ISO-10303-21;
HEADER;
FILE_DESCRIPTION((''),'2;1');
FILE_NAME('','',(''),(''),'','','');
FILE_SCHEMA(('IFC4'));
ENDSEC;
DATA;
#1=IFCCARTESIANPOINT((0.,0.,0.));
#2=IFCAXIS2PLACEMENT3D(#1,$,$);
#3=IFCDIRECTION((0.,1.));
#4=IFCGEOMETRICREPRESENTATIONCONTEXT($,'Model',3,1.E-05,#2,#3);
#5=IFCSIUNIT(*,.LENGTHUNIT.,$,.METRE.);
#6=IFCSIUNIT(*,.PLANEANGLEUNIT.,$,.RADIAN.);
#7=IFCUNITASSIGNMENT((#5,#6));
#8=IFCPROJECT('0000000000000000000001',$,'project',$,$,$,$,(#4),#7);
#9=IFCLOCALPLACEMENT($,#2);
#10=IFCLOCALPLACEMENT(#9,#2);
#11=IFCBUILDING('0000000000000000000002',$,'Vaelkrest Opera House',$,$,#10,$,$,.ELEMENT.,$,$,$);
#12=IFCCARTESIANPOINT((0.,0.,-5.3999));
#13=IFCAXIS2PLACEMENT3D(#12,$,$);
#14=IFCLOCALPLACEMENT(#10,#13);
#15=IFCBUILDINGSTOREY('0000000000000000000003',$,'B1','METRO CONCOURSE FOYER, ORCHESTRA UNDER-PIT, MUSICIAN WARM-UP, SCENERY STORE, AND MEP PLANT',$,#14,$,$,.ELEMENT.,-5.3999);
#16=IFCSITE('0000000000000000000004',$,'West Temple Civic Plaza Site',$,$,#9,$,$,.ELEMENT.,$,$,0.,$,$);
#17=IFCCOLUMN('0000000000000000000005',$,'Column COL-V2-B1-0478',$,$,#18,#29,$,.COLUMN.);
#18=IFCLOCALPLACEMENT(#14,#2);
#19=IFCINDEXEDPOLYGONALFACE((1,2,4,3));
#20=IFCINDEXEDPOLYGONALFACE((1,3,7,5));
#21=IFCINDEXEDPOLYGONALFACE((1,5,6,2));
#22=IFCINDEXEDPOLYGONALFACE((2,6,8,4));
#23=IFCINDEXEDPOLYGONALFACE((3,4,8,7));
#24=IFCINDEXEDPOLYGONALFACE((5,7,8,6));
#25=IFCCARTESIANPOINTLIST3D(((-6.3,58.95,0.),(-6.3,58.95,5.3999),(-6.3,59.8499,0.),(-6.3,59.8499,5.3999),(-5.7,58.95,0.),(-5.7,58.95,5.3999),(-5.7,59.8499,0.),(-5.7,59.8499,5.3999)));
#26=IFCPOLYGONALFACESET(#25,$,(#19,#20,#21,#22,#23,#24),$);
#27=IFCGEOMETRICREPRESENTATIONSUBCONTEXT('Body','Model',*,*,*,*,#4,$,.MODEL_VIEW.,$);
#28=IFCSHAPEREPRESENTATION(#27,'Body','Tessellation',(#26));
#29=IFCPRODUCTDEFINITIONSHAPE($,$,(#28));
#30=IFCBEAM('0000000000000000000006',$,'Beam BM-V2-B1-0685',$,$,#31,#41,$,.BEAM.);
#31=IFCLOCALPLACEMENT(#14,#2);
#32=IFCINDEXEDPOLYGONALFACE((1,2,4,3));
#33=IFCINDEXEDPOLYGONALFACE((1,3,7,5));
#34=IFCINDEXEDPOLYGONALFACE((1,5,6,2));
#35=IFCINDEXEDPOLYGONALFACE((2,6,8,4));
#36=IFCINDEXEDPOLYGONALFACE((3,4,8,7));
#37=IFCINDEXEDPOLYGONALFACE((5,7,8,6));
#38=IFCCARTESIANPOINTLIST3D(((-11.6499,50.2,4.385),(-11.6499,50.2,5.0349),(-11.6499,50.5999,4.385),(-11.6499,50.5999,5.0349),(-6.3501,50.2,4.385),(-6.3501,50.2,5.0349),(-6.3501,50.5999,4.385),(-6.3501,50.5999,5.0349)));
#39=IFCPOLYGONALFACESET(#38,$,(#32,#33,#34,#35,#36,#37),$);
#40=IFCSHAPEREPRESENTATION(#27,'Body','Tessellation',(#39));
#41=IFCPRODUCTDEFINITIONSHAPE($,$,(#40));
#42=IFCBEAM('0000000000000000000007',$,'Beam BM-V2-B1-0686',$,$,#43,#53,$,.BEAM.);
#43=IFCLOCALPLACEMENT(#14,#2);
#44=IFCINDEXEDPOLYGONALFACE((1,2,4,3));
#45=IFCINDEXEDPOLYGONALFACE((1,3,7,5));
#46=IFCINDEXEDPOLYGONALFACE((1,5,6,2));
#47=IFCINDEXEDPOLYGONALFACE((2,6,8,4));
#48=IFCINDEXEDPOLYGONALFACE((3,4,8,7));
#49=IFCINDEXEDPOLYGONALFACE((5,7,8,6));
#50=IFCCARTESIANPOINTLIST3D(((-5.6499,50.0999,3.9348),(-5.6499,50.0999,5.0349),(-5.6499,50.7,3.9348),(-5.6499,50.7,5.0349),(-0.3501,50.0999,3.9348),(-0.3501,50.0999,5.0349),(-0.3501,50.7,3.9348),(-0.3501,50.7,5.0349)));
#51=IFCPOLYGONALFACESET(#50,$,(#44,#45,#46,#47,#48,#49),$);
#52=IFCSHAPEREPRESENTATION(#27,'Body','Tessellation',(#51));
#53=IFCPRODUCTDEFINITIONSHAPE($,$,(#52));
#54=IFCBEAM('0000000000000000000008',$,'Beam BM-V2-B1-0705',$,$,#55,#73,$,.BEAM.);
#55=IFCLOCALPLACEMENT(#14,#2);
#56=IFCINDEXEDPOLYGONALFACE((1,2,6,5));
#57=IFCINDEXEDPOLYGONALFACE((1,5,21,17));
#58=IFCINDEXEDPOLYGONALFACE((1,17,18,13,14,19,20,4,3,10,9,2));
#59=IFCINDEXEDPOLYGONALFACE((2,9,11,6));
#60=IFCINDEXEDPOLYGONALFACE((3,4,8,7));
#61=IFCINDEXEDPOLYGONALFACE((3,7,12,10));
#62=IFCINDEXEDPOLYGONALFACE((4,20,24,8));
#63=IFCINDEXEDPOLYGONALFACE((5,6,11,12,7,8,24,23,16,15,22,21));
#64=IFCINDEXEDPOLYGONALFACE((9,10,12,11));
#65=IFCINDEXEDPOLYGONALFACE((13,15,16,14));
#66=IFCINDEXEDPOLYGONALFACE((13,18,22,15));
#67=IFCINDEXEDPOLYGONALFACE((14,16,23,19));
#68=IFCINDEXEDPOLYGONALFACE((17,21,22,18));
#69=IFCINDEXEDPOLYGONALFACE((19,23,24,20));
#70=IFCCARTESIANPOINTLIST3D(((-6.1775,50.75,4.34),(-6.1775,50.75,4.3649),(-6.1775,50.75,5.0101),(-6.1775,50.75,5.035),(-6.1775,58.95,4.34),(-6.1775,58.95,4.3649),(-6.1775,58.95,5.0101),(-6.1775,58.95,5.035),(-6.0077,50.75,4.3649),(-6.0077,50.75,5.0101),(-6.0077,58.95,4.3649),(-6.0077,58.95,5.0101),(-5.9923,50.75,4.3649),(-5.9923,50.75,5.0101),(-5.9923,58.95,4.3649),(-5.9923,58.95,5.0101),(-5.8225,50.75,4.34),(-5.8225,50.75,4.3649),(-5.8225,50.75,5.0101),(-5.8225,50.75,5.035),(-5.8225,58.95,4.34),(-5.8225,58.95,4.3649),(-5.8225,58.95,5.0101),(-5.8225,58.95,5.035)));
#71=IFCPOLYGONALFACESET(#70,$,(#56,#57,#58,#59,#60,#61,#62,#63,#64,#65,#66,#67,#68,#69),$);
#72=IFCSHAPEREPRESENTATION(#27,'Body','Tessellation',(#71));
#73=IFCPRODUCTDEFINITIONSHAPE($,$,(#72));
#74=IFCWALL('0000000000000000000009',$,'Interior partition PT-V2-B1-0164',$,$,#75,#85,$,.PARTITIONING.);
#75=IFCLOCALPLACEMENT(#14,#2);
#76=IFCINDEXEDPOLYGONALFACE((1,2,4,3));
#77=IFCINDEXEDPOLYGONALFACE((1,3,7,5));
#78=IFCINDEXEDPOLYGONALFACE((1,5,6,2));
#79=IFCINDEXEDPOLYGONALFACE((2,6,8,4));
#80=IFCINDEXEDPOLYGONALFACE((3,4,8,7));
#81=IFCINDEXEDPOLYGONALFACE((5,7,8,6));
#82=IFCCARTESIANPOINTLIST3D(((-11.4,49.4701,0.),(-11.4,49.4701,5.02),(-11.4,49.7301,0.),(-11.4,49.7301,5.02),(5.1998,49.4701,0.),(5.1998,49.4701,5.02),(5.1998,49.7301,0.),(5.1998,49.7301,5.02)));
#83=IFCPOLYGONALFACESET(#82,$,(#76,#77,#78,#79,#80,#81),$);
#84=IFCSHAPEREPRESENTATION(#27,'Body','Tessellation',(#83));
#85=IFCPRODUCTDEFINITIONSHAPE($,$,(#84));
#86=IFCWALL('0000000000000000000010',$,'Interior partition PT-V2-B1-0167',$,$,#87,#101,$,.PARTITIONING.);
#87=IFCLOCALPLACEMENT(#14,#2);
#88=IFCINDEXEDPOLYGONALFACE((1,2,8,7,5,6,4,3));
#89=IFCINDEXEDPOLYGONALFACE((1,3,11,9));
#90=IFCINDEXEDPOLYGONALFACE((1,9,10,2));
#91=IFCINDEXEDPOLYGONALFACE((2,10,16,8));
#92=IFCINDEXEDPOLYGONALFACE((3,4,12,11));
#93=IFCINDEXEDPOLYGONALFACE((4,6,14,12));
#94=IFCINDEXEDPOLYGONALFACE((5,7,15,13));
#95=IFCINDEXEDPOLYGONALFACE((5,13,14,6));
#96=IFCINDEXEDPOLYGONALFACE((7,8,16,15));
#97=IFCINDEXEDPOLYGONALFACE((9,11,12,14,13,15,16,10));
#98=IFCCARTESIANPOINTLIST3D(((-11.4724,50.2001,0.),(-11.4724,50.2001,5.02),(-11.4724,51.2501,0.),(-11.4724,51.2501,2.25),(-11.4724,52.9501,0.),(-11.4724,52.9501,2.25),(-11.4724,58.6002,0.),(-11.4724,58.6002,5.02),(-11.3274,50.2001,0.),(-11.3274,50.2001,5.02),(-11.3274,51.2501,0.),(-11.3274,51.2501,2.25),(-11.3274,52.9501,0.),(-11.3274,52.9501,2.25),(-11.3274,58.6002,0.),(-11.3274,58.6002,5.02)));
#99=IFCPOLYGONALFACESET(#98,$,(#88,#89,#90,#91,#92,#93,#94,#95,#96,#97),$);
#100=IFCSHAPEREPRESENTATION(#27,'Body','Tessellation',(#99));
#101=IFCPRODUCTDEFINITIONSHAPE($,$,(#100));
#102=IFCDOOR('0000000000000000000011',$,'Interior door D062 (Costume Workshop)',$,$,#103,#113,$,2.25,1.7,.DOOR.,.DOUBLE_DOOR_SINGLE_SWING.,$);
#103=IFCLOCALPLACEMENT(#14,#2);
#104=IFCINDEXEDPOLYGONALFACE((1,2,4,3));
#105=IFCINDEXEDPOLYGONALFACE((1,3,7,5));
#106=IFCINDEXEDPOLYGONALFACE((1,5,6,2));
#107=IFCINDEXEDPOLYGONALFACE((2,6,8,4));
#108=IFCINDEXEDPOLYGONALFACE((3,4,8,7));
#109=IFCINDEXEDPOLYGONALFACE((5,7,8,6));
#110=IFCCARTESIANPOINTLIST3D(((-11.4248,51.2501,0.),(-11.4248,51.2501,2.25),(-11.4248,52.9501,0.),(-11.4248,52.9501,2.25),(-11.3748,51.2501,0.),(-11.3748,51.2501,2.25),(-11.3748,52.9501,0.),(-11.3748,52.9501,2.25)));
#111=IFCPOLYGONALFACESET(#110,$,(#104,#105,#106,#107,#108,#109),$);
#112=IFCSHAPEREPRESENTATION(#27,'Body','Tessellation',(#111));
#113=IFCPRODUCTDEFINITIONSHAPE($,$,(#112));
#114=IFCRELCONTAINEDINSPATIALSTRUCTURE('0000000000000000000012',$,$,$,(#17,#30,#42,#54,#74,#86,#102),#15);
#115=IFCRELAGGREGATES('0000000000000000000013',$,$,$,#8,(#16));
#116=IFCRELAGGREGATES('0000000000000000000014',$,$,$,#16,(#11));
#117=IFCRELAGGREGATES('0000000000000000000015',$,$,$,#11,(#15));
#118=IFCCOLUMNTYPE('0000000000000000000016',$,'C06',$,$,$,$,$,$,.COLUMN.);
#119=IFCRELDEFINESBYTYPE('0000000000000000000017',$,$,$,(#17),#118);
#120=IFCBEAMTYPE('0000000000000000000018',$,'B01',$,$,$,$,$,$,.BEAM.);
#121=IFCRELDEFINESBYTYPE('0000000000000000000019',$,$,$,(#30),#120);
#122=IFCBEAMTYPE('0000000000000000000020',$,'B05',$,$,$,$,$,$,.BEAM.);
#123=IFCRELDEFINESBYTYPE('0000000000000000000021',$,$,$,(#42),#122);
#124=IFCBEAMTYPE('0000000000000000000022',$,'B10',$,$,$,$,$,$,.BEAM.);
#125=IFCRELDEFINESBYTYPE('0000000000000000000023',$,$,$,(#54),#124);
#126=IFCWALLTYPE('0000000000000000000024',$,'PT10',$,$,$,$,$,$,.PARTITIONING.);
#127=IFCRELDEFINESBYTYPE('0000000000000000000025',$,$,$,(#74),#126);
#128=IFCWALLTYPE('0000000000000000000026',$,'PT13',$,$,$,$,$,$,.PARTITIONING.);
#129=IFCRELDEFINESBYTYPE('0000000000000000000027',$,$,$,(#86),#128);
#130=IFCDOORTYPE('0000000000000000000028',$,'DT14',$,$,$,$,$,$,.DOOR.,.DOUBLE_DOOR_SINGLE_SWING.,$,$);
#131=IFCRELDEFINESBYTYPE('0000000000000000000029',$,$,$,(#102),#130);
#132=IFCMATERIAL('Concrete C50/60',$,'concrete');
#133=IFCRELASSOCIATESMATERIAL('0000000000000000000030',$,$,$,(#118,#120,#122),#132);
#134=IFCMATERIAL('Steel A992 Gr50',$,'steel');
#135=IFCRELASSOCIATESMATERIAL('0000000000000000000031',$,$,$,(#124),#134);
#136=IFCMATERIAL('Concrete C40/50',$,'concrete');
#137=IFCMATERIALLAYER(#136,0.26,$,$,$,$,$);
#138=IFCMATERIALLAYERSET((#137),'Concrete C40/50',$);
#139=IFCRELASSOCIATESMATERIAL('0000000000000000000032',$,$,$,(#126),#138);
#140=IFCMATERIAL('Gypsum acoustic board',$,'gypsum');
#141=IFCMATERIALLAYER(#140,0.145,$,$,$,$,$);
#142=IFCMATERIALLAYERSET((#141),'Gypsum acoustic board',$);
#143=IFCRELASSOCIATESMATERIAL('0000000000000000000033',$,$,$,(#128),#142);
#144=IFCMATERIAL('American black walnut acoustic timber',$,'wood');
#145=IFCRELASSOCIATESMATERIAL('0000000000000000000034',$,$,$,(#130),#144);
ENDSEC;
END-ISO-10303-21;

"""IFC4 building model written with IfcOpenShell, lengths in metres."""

from ifc_helpers import new_model, si_unit, direction, frame, frame_2d, origin, origin_2d, place, context, subcontext, project, spatial, rectangle, i_section, extrude, material, layer, layer_set, material_profile, profile_set, type_object, element, fill, save


model = new_model("IFC4")

# Units and contexts
model_context = context("Model", 3, precision=1e-05, world=origin(), true_north=direction((0.0, 1.0)))
body_context = subcontext(model_context, "Body", "Model", "MODEL_VIEW")
ifc_project = project(units=[si_unit("LENGTHUNIT", "METRE"), si_unit("PLANEANGLEUNIT", "RADIAN")], contexts=[model_context])

# Site, building, storey
site_placement = place(None, origin())
site = spatial("IfcSite", under=ifc_project, at=site_placement, Name="West Temple Civic Plaza Site", CompositionType="ELEMENT", RefElevation=0.0)
building_placement = place(site_placement, origin())
building = spatial("IfcBuilding", under=site, at=building_placement, Name="Vaelkrest Opera House", CompositionType="ELEMENT")
storey_placement = place(building_placement, frame((0.0, 0.0, -5.3999)))
storey = spatial("IfcBuildingStorey", under=building, at=storey_placement, Name="B1", Description="METRO CONCOURSE FOYER, ORCHESTRA UNDER-PIT, MUSICIAN WARM-UP, SCENERY STORE, AND MEP PLANT", CompositionType="ELEMENT", Elevation=-5.3999)

# Shared definitions
ifc_material_1 = material(Name="Concrete C40/50", Category="concrete")

# Column
ifc_material_2 = material(Name="Concrete C50/60", Category="concrete")
ifc_material_profile_1 = material_profile(ifc_material_2, rectangle(XDim=0.6001, YDim=0.8999, at=origin_2d()), Name="RC600X900")
ifc_profile_set_1 = profile_set([ifc_material_profile_1], Name="Concrete C50/60")
column_type_1 = type_object("IfcColumnType", Name="C06", PredefinedType="COLUMN", material=ifc_profile_set_1)
column_1_placement = place(storey_placement, frame((-6.0, 59.3999, 0.0), z_axis=(0.0, 0.0, 1.0), x_axis=(1.0, 0.0, 0.0)))
element("IfcColumn", 1, at=column_1_placement, inside=storey, type_object=column_type_1, Name="Column COL-V2-B1-0478", PredefinedType="COLUMN", context=body_context, shape_type="SweptSolid", body=[
    extrude(rectangle(XDim=0.6001, YDim=0.8999, at=origin_2d()), origin(), (0.0, 0.0, 1.0), 5.3999),
])

# Beams
ifc_material_profile_2 = material_profile(ifc_material_2, rectangle(XDim=0.3999, YDim=0.6499, at=origin_2d()), Name="RCB400X650")
ifc_profile_set_2 = profile_set([ifc_material_profile_2], Name="Concrete C50/60")
beam_type_1 = type_object("IfcBeamType", Name="B01", PredefinedType="BEAM", material=ifc_profile_set_2)
beam_1_placement = place(storey_placement, frame((-11.6499, 50.3999, 4.71), z_axis=(1.0, 0.0, 0.0), x_axis=(0.0, 1.0, 0.0)))
element("IfcBeam", 2, at=beam_1_placement, inside=storey, type_object=beam_type_1, Name="Beam BM-V2-B1-0685", PredefinedType="BEAM", context=body_context, shape_type="SweptSolid", body=[
    extrude(rectangle(XDim=0.3999, YDim=0.6499, at=origin_2d()), origin(), (0.0, 0.0, 1.0), 5.2998),
])
ifc_material_profile_3 = material_profile(ifc_material_2, rectangle(XDim=0.6001, YDim=1.1001, at=origin_2d()), Name="RCB600X1100")
ifc_profile_set_3 = profile_set([ifc_material_profile_3], Name="Concrete C50/60")
beam_type_2 = type_object("IfcBeamType", Name="B05", PredefinedType="BEAM", material=ifc_profile_set_3)
beam_2_placement = place(storey_placement, frame((-5.6499, 50.3999, 4.4849), z_axis=(1.0, 0.0, 0.0), x_axis=(0.0, 1.0, 0.0)))
element("IfcBeam", 3, at=beam_2_placement, inside=storey, type_object=beam_type_2, Name="Beam BM-V2-B1-0686", PredefinedType="BEAM", context=body_context, shape_type="SweptSolid", body=[
    extrude(rectangle(XDim=0.6001, YDim=1.1001, at=origin_2d()), origin(), (0.0, 0.0, 1.0), 5.2998),
])
ifc_material_3 = material(Name="Steel A992 Gr50", Category="steel")
ifc_material_profile_4 = material_profile(ifc_material_3, i_section(OverallWidth=0.355, OverallDepth=0.6951, WebThickness=0.0154, FlangeThickness=0.0249, at=origin_2d()), Name="W27X146")
ifc_profile_set_4 = profile_set([ifc_material_profile_4], Name="Steel A992 Gr50")
beam_type_3 = type_object("IfcBeamType", Name="B10", PredefinedType="BEAM", material=ifc_profile_set_4)
beam_3_placement = place(storey_placement, frame((-6.0, 50.75, 4.6875), z_axis=(0.0, 1.0, 0.0), x_axis=(-1.0, 0.0, 0.0)))
element("IfcBeam", 4, at=beam_3_placement, inside=storey, type_object=beam_type_3, Name="Beam BM-V2-B1-0705", PredefinedType="BEAM", context=body_context, shape_type="SweptSolid", body=[
    extrude(i_section(OverallWidth=0.355, OverallDepth=0.6951, WebThickness=0.0154, FlangeThickness=0.0249, at=origin_2d()), origin(), (0.0, 0.0, 1.0), 8.2),
])

# Wall
ifc_layer_1 = layer(ifc_material_1, 0.26)
ifc_layer_set_1 = layer_set([ifc_layer_1], Name="Concrete C40/50")
wall_type_1 = type_object("IfcWallType", Name="PT10", PredefinedType="PARTITIONING", material=ifc_layer_set_1)
wall_1_placement = place(storey_placement, frame((-11.3999, 49.6001, 0.0), z_axis=(0.0, 0.0, 1.0), x_axis=(1.0, 0.0, 0.0)))
element("IfcWall", 5, at=wall_1_placement, inside=storey, type_object=wall_type_1, Name="Interior partition PT-V2-B1-0164", PredefinedType="PARTITIONING", context=body_context, shape_type="SweptSolid", body=[
    extrude(rectangle(XDim=16.5999, YDim=0.26, at=frame_2d((8.2998, 0.0))), origin(), (0.0, 0.0, 1.0), 5.02),
])

# Wall, opening, door
ifc_material_4 = material(Name="Gypsum acoustic board", Category="gypsum")
ifc_layer_2 = layer(ifc_material_4, 0.145)
ifc_layer_set_2 = layer_set([ifc_layer_2], Name="Gypsum acoustic board")
wall_type_2 = type_object("IfcWallType", Name="PT13", PredefinedType="PARTITIONING", material=ifc_layer_set_2)
wall_2_placement = place(storey_placement, frame((-11.3999, 50.2, 0.0), z_axis=(0.0, 0.0, 1.0), x_axis=(0.0, 1.0, 0.0)))
wall_2 = element("IfcWall", 6, at=wall_2_placement, inside=storey, type_object=wall_type_2, Name="Interior partition PT-V2-B1-0167", PredefinedType="PARTITIONING", context=body_context, shape_type="SweptSolid", body=[
    extrude(rectangle(XDim=8.4001, YDim=0.145, at=frame_2d((4.2002, 0.0))), origin(), (0.0, 0.0, 1.0), 5.02),
])
opening_placement = place(wall_2_placement, frame((1.05, 0.0, 0.0)))
opening = element("IfcOpeningElement", 7, at=opening_placement, cuts=wall_2, PredefinedType="OPENING", context=body_context, shape_type="SweptSolid", body=[
    extrude(rectangle(XDim=1.7, YDim=2.25, at=frame_2d((0.8501, 1.125))), frame((0.0, 0.0825, 0.0), z_axis=(0.0, -1.0, 0.0), x_axis=(1.0, 0.0, 0.0)), (0.0, 0.0, 1.0), 0.165),
])
ifc_material_5 = material(Name="American black walnut acoustic timber", Category="wood")
door_type = type_object("IfcDoorType", Name="DT14", OperationType="DOUBLE_DOOR_SINGLE_SWING", PredefinedType="DOOR", material=ifc_material_5)
door_placement = place(opening_placement, origin())
door = element("IfcDoor", 8, at=door_placement, inside=storey, type_object=door_type, Name="Interior door D062 (Costume Workshop)", OperationType="DOUBLE_DOOR_SINGLE_SWING", OverallHeight=2.25, OverallWidth=1.7, PredefinedType="DOOR", context=body_context, shape_type="SweptSolid", body=[
    extrude(rectangle(XDim=1.7, YDim=2.25, at=frame_2d((0.8501, 1.125))), frame((0.0, 0.0249, 0.0), z_axis=(0.0, -1.0, 0.0), x_axis=(1.0, 0.0, 0.0)), (0.0, 0.0, 1.0), 0.05),
])
fill(opening, door)

save(model, "model.ifc")
